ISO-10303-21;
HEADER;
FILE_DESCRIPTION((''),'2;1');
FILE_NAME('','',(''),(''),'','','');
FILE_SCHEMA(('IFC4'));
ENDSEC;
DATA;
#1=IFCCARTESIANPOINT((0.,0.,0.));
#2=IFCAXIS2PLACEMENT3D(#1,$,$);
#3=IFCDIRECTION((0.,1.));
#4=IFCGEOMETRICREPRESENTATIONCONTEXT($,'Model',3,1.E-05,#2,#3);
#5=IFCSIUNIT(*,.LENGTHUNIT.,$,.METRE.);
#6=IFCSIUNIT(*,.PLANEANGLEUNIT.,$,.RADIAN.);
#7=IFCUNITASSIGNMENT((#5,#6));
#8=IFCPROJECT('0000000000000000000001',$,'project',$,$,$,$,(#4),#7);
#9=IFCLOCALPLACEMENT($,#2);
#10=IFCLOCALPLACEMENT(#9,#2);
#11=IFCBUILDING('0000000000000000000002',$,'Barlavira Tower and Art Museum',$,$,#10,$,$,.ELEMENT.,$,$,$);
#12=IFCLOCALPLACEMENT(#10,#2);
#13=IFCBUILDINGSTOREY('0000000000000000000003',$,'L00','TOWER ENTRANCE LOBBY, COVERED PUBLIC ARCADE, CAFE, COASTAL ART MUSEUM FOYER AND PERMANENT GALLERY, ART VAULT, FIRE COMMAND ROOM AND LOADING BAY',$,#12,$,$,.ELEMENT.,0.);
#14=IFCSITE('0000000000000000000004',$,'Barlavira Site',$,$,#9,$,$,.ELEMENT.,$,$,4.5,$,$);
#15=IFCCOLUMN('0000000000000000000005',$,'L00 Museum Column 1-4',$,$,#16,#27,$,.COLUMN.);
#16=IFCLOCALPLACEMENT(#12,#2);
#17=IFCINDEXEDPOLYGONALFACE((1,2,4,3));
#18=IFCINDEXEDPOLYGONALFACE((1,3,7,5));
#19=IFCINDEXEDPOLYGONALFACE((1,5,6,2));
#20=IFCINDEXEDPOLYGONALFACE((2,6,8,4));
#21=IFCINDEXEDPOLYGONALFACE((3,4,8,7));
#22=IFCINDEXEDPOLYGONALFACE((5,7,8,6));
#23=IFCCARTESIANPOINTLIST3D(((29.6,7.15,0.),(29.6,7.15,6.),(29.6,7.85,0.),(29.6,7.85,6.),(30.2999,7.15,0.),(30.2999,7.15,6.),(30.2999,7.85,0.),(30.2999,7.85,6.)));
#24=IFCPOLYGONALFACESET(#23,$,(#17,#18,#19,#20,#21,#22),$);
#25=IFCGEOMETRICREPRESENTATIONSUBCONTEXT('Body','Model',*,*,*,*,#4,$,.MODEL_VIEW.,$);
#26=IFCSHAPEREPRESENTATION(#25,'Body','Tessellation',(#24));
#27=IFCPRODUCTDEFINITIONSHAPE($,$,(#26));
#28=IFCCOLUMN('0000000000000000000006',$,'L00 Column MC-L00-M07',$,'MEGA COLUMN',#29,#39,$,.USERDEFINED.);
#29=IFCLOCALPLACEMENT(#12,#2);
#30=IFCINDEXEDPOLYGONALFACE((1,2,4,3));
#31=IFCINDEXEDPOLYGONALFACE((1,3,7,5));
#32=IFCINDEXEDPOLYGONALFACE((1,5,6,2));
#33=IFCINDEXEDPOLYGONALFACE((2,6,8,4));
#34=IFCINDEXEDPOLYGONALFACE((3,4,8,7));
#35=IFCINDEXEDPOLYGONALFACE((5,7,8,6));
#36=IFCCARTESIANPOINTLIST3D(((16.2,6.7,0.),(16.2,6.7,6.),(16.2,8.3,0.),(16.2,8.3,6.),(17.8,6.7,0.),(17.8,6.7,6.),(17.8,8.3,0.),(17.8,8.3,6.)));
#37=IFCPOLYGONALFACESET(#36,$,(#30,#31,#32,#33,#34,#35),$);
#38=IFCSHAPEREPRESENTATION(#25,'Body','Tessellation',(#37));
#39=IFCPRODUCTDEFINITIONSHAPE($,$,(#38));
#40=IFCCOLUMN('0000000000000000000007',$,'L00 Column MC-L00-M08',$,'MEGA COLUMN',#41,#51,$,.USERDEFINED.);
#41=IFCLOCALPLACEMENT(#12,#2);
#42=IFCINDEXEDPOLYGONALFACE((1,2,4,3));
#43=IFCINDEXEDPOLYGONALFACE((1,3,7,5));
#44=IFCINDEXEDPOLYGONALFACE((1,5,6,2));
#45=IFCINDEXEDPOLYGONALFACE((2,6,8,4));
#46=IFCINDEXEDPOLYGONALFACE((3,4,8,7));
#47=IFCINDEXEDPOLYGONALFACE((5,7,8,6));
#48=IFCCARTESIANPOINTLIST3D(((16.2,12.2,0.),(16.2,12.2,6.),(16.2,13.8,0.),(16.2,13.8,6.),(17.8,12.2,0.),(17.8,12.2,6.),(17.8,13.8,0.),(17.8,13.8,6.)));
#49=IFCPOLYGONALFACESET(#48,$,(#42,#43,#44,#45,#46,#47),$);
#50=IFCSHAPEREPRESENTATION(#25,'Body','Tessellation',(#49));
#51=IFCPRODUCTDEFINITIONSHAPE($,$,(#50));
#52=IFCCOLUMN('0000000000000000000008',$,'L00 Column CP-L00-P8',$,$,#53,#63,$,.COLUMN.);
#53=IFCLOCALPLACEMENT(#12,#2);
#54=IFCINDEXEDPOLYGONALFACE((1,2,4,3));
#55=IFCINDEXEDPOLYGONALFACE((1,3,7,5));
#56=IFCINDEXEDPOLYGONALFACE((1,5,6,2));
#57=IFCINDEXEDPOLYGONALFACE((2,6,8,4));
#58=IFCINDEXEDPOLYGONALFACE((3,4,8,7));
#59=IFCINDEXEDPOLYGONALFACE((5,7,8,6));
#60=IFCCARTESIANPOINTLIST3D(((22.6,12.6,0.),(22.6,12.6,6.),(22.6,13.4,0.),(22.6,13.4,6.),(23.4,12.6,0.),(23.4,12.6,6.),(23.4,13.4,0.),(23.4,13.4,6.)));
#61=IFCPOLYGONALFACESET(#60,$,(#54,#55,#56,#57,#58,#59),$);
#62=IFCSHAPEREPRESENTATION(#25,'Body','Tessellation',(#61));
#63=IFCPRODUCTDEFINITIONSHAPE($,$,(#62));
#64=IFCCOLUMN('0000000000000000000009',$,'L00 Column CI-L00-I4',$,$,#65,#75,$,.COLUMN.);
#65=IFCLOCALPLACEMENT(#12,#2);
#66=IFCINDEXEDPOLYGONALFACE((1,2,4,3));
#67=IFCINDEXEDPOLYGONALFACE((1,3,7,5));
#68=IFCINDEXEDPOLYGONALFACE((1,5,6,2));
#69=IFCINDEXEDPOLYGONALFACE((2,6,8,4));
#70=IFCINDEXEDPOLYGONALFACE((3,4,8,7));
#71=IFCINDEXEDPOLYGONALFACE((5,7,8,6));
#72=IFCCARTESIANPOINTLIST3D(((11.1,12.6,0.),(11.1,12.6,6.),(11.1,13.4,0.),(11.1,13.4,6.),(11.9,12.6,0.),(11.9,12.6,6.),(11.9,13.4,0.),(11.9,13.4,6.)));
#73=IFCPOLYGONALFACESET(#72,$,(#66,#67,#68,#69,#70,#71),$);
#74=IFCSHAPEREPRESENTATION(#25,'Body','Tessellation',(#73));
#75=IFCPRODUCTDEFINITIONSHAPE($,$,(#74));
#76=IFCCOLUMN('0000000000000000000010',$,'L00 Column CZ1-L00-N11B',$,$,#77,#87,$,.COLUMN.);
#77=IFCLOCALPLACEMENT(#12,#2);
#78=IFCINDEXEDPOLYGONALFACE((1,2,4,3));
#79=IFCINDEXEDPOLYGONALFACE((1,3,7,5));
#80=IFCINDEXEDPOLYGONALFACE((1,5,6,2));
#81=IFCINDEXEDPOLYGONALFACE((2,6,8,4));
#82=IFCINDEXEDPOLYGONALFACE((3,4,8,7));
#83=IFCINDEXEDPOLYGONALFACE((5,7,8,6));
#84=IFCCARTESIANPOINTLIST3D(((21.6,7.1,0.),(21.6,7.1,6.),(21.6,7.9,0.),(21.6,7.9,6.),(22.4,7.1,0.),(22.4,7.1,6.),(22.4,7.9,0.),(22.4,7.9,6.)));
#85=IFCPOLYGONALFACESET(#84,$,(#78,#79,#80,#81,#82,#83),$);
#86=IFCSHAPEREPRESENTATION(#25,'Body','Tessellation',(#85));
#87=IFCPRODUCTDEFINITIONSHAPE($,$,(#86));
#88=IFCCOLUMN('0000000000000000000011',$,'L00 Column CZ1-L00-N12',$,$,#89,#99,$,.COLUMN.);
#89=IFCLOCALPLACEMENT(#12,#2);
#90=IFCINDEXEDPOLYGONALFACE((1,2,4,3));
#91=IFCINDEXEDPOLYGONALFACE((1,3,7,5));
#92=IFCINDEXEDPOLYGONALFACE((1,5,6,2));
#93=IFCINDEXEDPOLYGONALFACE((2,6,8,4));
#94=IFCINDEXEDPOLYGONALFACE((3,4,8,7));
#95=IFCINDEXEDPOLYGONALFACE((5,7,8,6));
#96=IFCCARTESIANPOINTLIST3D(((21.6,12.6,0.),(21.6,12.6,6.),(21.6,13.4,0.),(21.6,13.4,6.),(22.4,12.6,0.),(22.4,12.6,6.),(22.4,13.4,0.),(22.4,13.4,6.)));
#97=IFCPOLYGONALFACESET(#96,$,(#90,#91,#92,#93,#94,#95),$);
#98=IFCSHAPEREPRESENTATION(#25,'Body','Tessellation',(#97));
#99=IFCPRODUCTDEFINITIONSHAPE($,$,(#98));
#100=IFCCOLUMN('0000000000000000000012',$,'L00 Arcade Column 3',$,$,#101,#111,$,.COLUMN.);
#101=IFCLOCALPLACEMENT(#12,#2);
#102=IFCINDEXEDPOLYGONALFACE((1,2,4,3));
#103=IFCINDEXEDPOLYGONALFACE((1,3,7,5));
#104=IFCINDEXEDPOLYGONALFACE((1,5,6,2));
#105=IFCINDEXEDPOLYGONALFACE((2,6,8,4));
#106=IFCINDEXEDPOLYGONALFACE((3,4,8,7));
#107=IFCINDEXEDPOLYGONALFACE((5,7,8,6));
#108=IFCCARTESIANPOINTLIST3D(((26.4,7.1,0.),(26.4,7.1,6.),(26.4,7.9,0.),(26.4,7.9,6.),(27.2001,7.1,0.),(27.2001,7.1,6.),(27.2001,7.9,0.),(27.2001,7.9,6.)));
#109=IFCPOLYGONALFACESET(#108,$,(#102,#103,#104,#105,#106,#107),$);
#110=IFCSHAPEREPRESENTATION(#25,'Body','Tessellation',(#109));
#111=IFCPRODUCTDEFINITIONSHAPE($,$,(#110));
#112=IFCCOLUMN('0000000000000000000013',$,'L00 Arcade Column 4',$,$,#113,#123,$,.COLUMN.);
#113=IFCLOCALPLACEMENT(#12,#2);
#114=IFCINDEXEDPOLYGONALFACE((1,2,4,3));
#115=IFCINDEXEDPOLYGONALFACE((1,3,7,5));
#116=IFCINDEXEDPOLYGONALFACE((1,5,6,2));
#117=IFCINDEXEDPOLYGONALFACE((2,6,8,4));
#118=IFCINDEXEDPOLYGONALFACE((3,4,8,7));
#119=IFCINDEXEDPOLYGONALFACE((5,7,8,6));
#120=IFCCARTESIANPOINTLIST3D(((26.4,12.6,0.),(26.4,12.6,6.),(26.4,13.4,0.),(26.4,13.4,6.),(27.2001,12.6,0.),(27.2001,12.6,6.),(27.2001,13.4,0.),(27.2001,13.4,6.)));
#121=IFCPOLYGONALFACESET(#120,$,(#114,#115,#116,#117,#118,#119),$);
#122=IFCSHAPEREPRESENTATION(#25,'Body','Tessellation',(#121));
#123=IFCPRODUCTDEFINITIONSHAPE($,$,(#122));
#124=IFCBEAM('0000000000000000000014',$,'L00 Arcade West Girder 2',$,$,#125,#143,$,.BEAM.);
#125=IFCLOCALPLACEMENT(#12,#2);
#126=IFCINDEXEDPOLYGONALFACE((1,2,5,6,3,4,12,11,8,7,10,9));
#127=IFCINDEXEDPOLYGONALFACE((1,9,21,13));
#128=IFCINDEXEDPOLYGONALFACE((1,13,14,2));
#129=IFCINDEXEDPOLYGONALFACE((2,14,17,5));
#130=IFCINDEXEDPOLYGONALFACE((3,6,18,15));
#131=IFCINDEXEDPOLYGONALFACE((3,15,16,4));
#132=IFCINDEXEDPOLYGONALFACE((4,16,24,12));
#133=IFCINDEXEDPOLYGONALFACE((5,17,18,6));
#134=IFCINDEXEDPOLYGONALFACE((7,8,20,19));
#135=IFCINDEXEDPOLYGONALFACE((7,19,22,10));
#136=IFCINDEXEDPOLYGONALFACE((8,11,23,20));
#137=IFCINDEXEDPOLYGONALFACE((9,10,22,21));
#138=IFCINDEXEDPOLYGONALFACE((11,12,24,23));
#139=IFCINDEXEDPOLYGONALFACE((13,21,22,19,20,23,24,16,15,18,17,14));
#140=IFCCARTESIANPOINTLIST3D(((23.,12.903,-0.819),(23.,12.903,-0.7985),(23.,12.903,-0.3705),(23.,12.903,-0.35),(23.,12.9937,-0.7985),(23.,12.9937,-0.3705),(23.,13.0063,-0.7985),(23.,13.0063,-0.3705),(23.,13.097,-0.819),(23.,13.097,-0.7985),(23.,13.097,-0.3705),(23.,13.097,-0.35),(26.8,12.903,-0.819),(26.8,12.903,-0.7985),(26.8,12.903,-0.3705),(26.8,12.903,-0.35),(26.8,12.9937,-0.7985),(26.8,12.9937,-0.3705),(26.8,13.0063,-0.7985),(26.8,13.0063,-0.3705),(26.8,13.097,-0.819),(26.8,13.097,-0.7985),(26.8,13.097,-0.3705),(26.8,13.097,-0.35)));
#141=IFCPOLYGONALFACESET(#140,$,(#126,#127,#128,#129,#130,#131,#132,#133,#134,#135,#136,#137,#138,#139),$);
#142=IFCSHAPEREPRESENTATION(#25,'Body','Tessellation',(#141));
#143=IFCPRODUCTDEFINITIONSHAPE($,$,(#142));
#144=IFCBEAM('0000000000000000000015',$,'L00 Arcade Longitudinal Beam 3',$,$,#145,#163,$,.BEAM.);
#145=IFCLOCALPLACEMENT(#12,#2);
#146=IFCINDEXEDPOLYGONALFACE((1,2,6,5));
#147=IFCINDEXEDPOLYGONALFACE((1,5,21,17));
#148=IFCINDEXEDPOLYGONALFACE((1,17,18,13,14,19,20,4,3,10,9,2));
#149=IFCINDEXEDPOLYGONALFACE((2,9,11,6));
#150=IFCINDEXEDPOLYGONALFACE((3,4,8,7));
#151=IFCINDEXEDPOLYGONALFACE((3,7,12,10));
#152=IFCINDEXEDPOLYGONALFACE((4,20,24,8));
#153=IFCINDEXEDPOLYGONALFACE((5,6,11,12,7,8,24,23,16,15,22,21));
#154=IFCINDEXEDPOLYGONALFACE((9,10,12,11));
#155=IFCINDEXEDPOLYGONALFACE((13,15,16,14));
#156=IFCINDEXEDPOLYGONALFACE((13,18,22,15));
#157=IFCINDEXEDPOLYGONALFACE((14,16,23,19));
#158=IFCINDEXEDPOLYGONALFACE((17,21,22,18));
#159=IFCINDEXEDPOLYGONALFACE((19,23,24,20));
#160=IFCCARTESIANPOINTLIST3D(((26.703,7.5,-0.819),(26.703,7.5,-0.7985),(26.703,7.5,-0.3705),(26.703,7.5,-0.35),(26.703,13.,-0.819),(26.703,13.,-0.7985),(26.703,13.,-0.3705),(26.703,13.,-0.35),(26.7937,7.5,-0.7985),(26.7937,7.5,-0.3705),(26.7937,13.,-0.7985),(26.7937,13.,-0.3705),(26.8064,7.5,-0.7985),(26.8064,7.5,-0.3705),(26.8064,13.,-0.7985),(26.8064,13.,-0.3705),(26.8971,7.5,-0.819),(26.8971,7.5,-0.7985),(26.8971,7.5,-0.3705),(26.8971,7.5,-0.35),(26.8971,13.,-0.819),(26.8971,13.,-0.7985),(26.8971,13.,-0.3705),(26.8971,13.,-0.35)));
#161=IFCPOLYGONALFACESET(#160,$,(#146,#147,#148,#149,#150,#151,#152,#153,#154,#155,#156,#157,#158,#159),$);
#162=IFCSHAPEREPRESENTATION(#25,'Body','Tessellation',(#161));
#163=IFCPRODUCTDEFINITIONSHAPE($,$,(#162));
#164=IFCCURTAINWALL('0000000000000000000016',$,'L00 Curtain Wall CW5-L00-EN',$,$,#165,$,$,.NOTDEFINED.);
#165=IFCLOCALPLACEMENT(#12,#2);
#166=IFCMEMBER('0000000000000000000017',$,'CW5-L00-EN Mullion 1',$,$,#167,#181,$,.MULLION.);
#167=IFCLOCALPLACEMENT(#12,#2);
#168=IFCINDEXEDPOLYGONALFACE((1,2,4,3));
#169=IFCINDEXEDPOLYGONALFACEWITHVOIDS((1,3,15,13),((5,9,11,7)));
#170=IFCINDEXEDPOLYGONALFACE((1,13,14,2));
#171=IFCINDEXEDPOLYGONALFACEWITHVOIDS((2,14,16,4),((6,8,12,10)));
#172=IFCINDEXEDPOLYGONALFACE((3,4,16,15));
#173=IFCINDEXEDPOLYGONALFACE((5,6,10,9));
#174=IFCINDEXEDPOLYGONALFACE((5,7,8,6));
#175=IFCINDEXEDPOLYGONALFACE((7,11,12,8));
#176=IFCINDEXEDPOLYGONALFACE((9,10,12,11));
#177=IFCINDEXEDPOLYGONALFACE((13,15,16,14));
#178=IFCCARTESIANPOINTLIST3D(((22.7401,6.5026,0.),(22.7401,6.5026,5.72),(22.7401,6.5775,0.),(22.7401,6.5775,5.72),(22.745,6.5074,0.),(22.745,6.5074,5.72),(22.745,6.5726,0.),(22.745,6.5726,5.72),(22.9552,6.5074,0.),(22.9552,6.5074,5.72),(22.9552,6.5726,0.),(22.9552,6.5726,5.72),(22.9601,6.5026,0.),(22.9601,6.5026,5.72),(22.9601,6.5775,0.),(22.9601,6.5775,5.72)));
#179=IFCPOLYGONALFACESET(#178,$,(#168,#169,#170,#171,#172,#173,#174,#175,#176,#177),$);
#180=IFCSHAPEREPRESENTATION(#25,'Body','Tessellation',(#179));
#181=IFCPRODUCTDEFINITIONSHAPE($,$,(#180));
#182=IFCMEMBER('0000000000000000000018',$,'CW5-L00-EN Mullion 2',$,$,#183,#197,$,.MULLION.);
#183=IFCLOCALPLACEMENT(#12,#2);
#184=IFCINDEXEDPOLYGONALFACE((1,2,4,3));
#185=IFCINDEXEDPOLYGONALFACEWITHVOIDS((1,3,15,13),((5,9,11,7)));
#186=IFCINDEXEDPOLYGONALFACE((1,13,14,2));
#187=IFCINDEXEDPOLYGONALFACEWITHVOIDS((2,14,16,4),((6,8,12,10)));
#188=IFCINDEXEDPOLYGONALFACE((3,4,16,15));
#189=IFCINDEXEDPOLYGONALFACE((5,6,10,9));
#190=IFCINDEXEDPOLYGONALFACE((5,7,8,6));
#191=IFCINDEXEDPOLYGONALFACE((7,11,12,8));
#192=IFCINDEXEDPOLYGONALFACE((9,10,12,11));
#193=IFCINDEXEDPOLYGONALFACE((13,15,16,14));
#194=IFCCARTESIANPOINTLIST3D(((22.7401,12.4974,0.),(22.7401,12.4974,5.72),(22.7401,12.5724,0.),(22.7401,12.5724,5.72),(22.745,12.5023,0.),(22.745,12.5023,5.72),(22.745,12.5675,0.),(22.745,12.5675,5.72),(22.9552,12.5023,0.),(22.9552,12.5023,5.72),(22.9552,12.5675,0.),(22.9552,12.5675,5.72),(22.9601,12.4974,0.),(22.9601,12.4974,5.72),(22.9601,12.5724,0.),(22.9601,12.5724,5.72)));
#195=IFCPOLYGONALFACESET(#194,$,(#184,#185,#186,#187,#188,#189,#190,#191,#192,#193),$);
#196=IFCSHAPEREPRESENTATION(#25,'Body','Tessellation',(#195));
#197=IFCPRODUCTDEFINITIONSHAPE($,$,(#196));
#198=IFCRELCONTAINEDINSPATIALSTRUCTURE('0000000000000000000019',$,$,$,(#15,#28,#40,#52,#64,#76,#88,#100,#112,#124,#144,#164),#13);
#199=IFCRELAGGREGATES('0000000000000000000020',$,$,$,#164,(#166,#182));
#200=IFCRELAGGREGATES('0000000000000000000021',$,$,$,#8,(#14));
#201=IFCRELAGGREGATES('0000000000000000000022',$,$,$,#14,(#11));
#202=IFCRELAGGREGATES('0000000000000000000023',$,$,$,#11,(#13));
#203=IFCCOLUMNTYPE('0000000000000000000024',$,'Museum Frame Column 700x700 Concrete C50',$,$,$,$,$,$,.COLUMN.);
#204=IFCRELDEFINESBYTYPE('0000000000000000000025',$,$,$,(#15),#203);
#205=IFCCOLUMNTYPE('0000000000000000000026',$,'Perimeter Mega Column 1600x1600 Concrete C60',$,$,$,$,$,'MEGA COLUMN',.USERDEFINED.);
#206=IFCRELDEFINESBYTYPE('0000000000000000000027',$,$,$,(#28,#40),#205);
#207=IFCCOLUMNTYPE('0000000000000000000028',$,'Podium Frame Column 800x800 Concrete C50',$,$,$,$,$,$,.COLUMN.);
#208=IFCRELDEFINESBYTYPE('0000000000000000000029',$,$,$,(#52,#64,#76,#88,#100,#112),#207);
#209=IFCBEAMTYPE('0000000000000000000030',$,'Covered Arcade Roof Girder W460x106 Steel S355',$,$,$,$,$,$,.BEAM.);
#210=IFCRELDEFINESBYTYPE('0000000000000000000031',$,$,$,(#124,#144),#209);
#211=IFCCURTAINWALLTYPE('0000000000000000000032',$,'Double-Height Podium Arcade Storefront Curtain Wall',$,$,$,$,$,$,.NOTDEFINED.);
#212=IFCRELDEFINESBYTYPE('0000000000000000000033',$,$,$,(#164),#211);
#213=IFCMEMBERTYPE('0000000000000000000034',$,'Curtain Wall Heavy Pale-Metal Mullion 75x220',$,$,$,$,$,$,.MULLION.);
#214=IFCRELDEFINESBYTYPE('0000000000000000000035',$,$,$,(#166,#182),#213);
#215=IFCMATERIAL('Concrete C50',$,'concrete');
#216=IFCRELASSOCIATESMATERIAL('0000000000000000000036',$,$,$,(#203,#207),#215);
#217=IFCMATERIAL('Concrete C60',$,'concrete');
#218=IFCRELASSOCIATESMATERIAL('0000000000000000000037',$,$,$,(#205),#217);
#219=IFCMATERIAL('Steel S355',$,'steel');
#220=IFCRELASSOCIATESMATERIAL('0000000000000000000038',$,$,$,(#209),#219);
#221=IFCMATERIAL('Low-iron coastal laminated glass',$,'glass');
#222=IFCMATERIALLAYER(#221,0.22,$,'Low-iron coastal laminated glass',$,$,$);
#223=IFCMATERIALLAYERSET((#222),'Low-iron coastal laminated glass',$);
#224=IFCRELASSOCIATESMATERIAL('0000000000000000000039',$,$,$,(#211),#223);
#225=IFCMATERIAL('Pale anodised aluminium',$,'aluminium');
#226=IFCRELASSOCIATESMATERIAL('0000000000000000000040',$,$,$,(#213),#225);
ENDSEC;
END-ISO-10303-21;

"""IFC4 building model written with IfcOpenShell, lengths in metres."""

from ifc_helpers import new_model, si_unit, direction, frame, origin, origin_2d, place, context, subcontext, project, spatial, rectangle, hollow_rectangle, i_section, extrude, material, layer, layer_set, material_profile, profile_set, type_object, element, aggregate, save


model = new_model("IFC4")

# Units and contexts
model_context = context("Model", 3, precision=1e-05, world=origin(), true_north=direction((0.0, 1.0)))
body_context = subcontext(model_context, "Body", "Model", "MODEL_VIEW")
ifc_project = project(units=[si_unit("LENGTHUNIT", "METRE"), si_unit("PLANEANGLEUNIT", "RADIAN")], contexts=[model_context])

# Site, building, storey
site_placement = place(None, origin())
site = spatial("IfcSite", under=ifc_project, at=site_placement, Name="Barlavira Site", CompositionType="ELEMENT", RefElevation=4.5)
building_placement = place(site_placement, origin())
building = spatial("IfcBuilding", under=site, at=building_placement, Name="Barlavira Tower and Art Museum", CompositionType="ELEMENT")
storey_placement = place(building_placement, origin())
storey = spatial("IfcBuildingStorey", under=building, at=storey_placement, Name="L00", Description="TOWER ENTRANCE LOBBY, COVERED PUBLIC ARCADE, CAFE, COASTAL ART MUSEUM FOYER AND PERMANENT GALLERY, ART VAULT, FIRE COMMAND ROOM AND LOADING BAY", CompositionType="ELEMENT", Elevation=0.0)

# Columns
ifc_material_1 = material(Name="Concrete C50", Category="concrete")
ifc_material_profile_1 = material_profile(ifc_material_1, rectangle(XDim=0.7, YDim=0.7, at=origin_2d()), Name="RC-COL 700x700")
ifc_profile_set_1 = profile_set([ifc_material_profile_1], Name="Concrete C50")
column_type_1 = type_object("IfcColumnType", Name="Museum Frame Column 700x700 Concrete C50", PredefinedType="COLUMN", material=ifc_profile_set_1)
column_placement = place(storey_placement, frame((29.95, 7.5, 0.0), z_axis=(0.0, 0.0, 1.0), x_axis=(1.0, 0.0, 0.0)))
element("IfcColumn", 1, at=column_placement, inside=storey, type_object=column_type_1, Name="L00 Museum Column 1-4", PredefinedType="COLUMN", context=body_context, shape_type="SweptSolid", body=[
    extrude(rectangle(XDim=0.7, YDim=0.7, at=origin_2d()), origin(), (0.0, 0.0, 1.0), 6.0),
])
ifc_material_2 = material(Name="Concrete C60", Category="concrete")
ifc_material_profile_2 = material_profile(ifc_material_2, rectangle(XDim=1.6001, YDim=1.6001, at=origin_2d()), Name="RC-MCOL 1600x1600")
ifc_profile_set_2 = profile_set([ifc_material_profile_2], Name="Concrete C60")
column_type_2 = type_object("IfcColumnType", Name="Perimeter Mega Column 1600x1600 Concrete C60", ElementType="MEGA COLUMN", PredefinedType="USERDEFINED", material=ifc_profile_set_2)
for number, where, z_axis, x_axis, name in (
    (2, (17.0, 7.5, 0.0), (0.0, 0.0, 1.0), (1.0, 0.0, 0.0), "L00 Column MC-L00-M07"),
    (3, (17.0, 13.0, 0.0), (0.0, 0.0, 1.0), (1.0, 0.0, 0.0), "L00 Column MC-L00-M08"),
):
    element("IfcColumn", number, at=place(storey_placement, frame(where, z_axis=z_axis, x_axis=x_axis)), inside=storey, type_object=column_type_2, Name=name, ObjectType="MEGA COLUMN", PredefinedType="USERDEFINED", context=body_context, shape_type="SweptSolid", body=[
        extrude(rectangle(XDim=1.6001, YDim=1.6001, at=origin_2d()), origin(), (0.0, 0.0, 1.0), 6.0),
    ])
ifc_material_profile_3 = material_profile(ifc_material_1, rectangle(XDim=0.8, YDim=0.8, at=origin_2d()), Name="RC-COL 800x800")
ifc_profile_set_3 = profile_set([ifc_material_profile_3], Name="Concrete C50")
column_type_3 = type_object("IfcColumnType", Name="Podium Frame Column 800x800 Concrete C50", PredefinedType="COLUMN", material=ifc_profile_set_3)
for number, where, z_axis, x_axis, name in (
    (4, (23.0, 13.0, 0.0), (0.0, 0.0, 1.0), (1.0, 0.0, 0.0), "L00 Column CP-L00-P8"),
    (5, (11.5, 13.0, 0.0), (0.0, 0.0, 1.0), (1.0, 0.0, 0.0), "L00 Column CI-L00-I4"),
    (6, (22.0, 7.5, 0.0), (0.0, 0.0, 1.0), (1.0, 0.0, 0.0), "L00 Column CZ1-L00-N11B"),
    (7, (22.0, 13.0, 0.0), (0.0, 0.0, 1.0), (1.0, 0.0, 0.0), "L00 Column CZ1-L00-N12"),
    (8, (26.8, 7.5, 0.0), (0.0, 0.0, 1.0), (1.0, 0.0, 0.0), "L00 Arcade Column 3"),
    (9, (26.8, 13.0, 0.0), (0.0, 0.0, 1.0), (1.0, 0.0, 0.0), "L00 Arcade Column 4"),
):
    element("IfcColumn", number, at=place(storey_placement, frame(where, z_axis=z_axis, x_axis=x_axis)), inside=storey, type_object=column_type_3, Name=name, PredefinedType="COLUMN", context=body_context, shape_type="SweptSolid", body=[
        extrude(rectangle(XDim=0.8, YDim=0.8, at=origin_2d()), origin(), (0.0, 0.0, 1.0), 6.0),
    ])

# Beams
ifc_material_3 = material(Name="Steel S355", Category="steel")
ifc_material_profile_4 = material_profile(ifc_material_3, i_section(OverallWidth=0.1941, OverallDepth=0.469, WebThickness=0.0127, FlangeThickness=0.0205, at=origin_2d()), Name="W460x106.0")
ifc_profile_set_4 = profile_set([ifc_material_profile_4], Name="Steel S355")
beam_type_1 = type_object("IfcBeamType", Name="Covered Arcade Roof Girder W460x106 Steel S355", PredefinedType="BEAM", material=ifc_profile_set_4)
beam_1_placement = place(storey_placement, frame((23.0, 13.0, -0.5845), z_axis=(1.0, 0.0, 0.0), x_axis=(0.0, 1.0, 0.0)))
element("IfcBeam", 10, at=beam_1_placement, inside=storey, type_object=beam_type_1, Name="L00 Arcade West Girder 2", PredefinedType="BEAM", context=body_context, shape_type="SweptSolid", body=[
    extrude(i_section(OverallWidth=0.1941, OverallDepth=0.469, WebThickness=0.0127, FlangeThickness=0.0205, at=origin_2d()), origin(), (0.0, 0.0, 1.0), 3.8),
])
beam_2_placement = place(storey_placement, frame((26.8, 7.5, -0.5845), z_axis=(0.0, 1.0, 0.0), x_axis=(-1.0, 0.0, 0.0)))
element("IfcBeam", 11, at=beam_2_placement, inside=storey, type_object=beam_type_1, Name="L00 Arcade Longitudinal Beam 3", PredefinedType="BEAM", context=body_context, shape_type="SweptSolid", body=[
    extrude(i_section(OverallWidth=0.1941, OverallDepth=0.469, WebThickness=0.0127, FlangeThickness=0.0205, at=origin_2d()), origin(), (0.0, 0.0, 1.0), 5.5),
])

# Curtain wall, members
ifc_material_4 = material(Name="Low-iron coastal laminated glass", Category="glass")
ifc_layer_1 = layer(ifc_material_4, 0.22, Name="Low-iron coastal laminated glass")
ifc_layer_set_1 = layer_set([ifc_layer_1], Name="Low-iron coastal laminated glass")
curtain_wall_type = type_object("IfcCurtainWallType", Name="Double-Height Podium Arcade Storefront Curtain Wall", PredefinedType="NOTDEFINED", material=ifc_layer_set_1)
curtain_wall_placement = place(storey_placement, origin())
curtain_wall = element("IfcCurtainWall", 12, at=curtain_wall_placement, inside=storey, type_object=curtain_wall_type, Name="L00 Curtain Wall CW5-L00-EN", PredefinedType="NOTDEFINED")
ifc_material_5 = material(Name="Pale anodised aluminium", Category="aluminium")
ifc_material_profile_5 = material_profile(ifc_material_5, hollow_rectangle(XDim=0.075, YDim=0.22, WallThickness=0.0049, at=origin_2d()), Name="ALU-MULL 75x220x5")
ifc_profile_set_5 = profile_set([ifc_material_profile_5], Name="Pale anodised aluminium")
member_type_1 = type_object("IfcMemberType", Name="Curtain Wall Heavy Pale-Metal Mullion 75x220", PredefinedType="MULLION", material=ifc_profile_set_5)
member_1_placement = place(storey_placement, frame((22.8501, 6.54, 0.0), z_axis=(0.0, 0.0, 1.0), x_axis=(0.0, 1.0, 0.0)))
member_1 = element("IfcMember", 13, at=member_1_placement, type_object=member_type_1, Name="CW5-L00-EN Mullion 1", PredefinedType="MULLION", context=body_context, shape_type="SweptSolid", body=[
    extrude(hollow_rectangle(XDim=0.075, YDim=0.22, WallThickness=0.0049, at=origin_2d()), origin(), (0.0, 0.0, 1.0), 5.72),
])
member_2_placement = place(storey_placement, frame((22.8501, 12.5349, 0.0), z_axis=(0.0, 0.0, 1.0), x_axis=(0.0, 1.0, 0.0)))
member_2 = element("IfcMember", 14, at=member_2_placement, type_object=member_type_1, Name="CW5-L00-EN Mullion 2", PredefinedType="MULLION", context=body_context, shape_type="SweptSolid", body=[
    extrude(hollow_rectangle(XDim=0.075, YDim=0.22, WallThickness=0.0049, at=origin_2d()), origin(), (0.0, 0.0, 1.0), 5.72),
])

aggregate(curtain_wall, [member_1, member_2])

save(model, "model.ifc")
